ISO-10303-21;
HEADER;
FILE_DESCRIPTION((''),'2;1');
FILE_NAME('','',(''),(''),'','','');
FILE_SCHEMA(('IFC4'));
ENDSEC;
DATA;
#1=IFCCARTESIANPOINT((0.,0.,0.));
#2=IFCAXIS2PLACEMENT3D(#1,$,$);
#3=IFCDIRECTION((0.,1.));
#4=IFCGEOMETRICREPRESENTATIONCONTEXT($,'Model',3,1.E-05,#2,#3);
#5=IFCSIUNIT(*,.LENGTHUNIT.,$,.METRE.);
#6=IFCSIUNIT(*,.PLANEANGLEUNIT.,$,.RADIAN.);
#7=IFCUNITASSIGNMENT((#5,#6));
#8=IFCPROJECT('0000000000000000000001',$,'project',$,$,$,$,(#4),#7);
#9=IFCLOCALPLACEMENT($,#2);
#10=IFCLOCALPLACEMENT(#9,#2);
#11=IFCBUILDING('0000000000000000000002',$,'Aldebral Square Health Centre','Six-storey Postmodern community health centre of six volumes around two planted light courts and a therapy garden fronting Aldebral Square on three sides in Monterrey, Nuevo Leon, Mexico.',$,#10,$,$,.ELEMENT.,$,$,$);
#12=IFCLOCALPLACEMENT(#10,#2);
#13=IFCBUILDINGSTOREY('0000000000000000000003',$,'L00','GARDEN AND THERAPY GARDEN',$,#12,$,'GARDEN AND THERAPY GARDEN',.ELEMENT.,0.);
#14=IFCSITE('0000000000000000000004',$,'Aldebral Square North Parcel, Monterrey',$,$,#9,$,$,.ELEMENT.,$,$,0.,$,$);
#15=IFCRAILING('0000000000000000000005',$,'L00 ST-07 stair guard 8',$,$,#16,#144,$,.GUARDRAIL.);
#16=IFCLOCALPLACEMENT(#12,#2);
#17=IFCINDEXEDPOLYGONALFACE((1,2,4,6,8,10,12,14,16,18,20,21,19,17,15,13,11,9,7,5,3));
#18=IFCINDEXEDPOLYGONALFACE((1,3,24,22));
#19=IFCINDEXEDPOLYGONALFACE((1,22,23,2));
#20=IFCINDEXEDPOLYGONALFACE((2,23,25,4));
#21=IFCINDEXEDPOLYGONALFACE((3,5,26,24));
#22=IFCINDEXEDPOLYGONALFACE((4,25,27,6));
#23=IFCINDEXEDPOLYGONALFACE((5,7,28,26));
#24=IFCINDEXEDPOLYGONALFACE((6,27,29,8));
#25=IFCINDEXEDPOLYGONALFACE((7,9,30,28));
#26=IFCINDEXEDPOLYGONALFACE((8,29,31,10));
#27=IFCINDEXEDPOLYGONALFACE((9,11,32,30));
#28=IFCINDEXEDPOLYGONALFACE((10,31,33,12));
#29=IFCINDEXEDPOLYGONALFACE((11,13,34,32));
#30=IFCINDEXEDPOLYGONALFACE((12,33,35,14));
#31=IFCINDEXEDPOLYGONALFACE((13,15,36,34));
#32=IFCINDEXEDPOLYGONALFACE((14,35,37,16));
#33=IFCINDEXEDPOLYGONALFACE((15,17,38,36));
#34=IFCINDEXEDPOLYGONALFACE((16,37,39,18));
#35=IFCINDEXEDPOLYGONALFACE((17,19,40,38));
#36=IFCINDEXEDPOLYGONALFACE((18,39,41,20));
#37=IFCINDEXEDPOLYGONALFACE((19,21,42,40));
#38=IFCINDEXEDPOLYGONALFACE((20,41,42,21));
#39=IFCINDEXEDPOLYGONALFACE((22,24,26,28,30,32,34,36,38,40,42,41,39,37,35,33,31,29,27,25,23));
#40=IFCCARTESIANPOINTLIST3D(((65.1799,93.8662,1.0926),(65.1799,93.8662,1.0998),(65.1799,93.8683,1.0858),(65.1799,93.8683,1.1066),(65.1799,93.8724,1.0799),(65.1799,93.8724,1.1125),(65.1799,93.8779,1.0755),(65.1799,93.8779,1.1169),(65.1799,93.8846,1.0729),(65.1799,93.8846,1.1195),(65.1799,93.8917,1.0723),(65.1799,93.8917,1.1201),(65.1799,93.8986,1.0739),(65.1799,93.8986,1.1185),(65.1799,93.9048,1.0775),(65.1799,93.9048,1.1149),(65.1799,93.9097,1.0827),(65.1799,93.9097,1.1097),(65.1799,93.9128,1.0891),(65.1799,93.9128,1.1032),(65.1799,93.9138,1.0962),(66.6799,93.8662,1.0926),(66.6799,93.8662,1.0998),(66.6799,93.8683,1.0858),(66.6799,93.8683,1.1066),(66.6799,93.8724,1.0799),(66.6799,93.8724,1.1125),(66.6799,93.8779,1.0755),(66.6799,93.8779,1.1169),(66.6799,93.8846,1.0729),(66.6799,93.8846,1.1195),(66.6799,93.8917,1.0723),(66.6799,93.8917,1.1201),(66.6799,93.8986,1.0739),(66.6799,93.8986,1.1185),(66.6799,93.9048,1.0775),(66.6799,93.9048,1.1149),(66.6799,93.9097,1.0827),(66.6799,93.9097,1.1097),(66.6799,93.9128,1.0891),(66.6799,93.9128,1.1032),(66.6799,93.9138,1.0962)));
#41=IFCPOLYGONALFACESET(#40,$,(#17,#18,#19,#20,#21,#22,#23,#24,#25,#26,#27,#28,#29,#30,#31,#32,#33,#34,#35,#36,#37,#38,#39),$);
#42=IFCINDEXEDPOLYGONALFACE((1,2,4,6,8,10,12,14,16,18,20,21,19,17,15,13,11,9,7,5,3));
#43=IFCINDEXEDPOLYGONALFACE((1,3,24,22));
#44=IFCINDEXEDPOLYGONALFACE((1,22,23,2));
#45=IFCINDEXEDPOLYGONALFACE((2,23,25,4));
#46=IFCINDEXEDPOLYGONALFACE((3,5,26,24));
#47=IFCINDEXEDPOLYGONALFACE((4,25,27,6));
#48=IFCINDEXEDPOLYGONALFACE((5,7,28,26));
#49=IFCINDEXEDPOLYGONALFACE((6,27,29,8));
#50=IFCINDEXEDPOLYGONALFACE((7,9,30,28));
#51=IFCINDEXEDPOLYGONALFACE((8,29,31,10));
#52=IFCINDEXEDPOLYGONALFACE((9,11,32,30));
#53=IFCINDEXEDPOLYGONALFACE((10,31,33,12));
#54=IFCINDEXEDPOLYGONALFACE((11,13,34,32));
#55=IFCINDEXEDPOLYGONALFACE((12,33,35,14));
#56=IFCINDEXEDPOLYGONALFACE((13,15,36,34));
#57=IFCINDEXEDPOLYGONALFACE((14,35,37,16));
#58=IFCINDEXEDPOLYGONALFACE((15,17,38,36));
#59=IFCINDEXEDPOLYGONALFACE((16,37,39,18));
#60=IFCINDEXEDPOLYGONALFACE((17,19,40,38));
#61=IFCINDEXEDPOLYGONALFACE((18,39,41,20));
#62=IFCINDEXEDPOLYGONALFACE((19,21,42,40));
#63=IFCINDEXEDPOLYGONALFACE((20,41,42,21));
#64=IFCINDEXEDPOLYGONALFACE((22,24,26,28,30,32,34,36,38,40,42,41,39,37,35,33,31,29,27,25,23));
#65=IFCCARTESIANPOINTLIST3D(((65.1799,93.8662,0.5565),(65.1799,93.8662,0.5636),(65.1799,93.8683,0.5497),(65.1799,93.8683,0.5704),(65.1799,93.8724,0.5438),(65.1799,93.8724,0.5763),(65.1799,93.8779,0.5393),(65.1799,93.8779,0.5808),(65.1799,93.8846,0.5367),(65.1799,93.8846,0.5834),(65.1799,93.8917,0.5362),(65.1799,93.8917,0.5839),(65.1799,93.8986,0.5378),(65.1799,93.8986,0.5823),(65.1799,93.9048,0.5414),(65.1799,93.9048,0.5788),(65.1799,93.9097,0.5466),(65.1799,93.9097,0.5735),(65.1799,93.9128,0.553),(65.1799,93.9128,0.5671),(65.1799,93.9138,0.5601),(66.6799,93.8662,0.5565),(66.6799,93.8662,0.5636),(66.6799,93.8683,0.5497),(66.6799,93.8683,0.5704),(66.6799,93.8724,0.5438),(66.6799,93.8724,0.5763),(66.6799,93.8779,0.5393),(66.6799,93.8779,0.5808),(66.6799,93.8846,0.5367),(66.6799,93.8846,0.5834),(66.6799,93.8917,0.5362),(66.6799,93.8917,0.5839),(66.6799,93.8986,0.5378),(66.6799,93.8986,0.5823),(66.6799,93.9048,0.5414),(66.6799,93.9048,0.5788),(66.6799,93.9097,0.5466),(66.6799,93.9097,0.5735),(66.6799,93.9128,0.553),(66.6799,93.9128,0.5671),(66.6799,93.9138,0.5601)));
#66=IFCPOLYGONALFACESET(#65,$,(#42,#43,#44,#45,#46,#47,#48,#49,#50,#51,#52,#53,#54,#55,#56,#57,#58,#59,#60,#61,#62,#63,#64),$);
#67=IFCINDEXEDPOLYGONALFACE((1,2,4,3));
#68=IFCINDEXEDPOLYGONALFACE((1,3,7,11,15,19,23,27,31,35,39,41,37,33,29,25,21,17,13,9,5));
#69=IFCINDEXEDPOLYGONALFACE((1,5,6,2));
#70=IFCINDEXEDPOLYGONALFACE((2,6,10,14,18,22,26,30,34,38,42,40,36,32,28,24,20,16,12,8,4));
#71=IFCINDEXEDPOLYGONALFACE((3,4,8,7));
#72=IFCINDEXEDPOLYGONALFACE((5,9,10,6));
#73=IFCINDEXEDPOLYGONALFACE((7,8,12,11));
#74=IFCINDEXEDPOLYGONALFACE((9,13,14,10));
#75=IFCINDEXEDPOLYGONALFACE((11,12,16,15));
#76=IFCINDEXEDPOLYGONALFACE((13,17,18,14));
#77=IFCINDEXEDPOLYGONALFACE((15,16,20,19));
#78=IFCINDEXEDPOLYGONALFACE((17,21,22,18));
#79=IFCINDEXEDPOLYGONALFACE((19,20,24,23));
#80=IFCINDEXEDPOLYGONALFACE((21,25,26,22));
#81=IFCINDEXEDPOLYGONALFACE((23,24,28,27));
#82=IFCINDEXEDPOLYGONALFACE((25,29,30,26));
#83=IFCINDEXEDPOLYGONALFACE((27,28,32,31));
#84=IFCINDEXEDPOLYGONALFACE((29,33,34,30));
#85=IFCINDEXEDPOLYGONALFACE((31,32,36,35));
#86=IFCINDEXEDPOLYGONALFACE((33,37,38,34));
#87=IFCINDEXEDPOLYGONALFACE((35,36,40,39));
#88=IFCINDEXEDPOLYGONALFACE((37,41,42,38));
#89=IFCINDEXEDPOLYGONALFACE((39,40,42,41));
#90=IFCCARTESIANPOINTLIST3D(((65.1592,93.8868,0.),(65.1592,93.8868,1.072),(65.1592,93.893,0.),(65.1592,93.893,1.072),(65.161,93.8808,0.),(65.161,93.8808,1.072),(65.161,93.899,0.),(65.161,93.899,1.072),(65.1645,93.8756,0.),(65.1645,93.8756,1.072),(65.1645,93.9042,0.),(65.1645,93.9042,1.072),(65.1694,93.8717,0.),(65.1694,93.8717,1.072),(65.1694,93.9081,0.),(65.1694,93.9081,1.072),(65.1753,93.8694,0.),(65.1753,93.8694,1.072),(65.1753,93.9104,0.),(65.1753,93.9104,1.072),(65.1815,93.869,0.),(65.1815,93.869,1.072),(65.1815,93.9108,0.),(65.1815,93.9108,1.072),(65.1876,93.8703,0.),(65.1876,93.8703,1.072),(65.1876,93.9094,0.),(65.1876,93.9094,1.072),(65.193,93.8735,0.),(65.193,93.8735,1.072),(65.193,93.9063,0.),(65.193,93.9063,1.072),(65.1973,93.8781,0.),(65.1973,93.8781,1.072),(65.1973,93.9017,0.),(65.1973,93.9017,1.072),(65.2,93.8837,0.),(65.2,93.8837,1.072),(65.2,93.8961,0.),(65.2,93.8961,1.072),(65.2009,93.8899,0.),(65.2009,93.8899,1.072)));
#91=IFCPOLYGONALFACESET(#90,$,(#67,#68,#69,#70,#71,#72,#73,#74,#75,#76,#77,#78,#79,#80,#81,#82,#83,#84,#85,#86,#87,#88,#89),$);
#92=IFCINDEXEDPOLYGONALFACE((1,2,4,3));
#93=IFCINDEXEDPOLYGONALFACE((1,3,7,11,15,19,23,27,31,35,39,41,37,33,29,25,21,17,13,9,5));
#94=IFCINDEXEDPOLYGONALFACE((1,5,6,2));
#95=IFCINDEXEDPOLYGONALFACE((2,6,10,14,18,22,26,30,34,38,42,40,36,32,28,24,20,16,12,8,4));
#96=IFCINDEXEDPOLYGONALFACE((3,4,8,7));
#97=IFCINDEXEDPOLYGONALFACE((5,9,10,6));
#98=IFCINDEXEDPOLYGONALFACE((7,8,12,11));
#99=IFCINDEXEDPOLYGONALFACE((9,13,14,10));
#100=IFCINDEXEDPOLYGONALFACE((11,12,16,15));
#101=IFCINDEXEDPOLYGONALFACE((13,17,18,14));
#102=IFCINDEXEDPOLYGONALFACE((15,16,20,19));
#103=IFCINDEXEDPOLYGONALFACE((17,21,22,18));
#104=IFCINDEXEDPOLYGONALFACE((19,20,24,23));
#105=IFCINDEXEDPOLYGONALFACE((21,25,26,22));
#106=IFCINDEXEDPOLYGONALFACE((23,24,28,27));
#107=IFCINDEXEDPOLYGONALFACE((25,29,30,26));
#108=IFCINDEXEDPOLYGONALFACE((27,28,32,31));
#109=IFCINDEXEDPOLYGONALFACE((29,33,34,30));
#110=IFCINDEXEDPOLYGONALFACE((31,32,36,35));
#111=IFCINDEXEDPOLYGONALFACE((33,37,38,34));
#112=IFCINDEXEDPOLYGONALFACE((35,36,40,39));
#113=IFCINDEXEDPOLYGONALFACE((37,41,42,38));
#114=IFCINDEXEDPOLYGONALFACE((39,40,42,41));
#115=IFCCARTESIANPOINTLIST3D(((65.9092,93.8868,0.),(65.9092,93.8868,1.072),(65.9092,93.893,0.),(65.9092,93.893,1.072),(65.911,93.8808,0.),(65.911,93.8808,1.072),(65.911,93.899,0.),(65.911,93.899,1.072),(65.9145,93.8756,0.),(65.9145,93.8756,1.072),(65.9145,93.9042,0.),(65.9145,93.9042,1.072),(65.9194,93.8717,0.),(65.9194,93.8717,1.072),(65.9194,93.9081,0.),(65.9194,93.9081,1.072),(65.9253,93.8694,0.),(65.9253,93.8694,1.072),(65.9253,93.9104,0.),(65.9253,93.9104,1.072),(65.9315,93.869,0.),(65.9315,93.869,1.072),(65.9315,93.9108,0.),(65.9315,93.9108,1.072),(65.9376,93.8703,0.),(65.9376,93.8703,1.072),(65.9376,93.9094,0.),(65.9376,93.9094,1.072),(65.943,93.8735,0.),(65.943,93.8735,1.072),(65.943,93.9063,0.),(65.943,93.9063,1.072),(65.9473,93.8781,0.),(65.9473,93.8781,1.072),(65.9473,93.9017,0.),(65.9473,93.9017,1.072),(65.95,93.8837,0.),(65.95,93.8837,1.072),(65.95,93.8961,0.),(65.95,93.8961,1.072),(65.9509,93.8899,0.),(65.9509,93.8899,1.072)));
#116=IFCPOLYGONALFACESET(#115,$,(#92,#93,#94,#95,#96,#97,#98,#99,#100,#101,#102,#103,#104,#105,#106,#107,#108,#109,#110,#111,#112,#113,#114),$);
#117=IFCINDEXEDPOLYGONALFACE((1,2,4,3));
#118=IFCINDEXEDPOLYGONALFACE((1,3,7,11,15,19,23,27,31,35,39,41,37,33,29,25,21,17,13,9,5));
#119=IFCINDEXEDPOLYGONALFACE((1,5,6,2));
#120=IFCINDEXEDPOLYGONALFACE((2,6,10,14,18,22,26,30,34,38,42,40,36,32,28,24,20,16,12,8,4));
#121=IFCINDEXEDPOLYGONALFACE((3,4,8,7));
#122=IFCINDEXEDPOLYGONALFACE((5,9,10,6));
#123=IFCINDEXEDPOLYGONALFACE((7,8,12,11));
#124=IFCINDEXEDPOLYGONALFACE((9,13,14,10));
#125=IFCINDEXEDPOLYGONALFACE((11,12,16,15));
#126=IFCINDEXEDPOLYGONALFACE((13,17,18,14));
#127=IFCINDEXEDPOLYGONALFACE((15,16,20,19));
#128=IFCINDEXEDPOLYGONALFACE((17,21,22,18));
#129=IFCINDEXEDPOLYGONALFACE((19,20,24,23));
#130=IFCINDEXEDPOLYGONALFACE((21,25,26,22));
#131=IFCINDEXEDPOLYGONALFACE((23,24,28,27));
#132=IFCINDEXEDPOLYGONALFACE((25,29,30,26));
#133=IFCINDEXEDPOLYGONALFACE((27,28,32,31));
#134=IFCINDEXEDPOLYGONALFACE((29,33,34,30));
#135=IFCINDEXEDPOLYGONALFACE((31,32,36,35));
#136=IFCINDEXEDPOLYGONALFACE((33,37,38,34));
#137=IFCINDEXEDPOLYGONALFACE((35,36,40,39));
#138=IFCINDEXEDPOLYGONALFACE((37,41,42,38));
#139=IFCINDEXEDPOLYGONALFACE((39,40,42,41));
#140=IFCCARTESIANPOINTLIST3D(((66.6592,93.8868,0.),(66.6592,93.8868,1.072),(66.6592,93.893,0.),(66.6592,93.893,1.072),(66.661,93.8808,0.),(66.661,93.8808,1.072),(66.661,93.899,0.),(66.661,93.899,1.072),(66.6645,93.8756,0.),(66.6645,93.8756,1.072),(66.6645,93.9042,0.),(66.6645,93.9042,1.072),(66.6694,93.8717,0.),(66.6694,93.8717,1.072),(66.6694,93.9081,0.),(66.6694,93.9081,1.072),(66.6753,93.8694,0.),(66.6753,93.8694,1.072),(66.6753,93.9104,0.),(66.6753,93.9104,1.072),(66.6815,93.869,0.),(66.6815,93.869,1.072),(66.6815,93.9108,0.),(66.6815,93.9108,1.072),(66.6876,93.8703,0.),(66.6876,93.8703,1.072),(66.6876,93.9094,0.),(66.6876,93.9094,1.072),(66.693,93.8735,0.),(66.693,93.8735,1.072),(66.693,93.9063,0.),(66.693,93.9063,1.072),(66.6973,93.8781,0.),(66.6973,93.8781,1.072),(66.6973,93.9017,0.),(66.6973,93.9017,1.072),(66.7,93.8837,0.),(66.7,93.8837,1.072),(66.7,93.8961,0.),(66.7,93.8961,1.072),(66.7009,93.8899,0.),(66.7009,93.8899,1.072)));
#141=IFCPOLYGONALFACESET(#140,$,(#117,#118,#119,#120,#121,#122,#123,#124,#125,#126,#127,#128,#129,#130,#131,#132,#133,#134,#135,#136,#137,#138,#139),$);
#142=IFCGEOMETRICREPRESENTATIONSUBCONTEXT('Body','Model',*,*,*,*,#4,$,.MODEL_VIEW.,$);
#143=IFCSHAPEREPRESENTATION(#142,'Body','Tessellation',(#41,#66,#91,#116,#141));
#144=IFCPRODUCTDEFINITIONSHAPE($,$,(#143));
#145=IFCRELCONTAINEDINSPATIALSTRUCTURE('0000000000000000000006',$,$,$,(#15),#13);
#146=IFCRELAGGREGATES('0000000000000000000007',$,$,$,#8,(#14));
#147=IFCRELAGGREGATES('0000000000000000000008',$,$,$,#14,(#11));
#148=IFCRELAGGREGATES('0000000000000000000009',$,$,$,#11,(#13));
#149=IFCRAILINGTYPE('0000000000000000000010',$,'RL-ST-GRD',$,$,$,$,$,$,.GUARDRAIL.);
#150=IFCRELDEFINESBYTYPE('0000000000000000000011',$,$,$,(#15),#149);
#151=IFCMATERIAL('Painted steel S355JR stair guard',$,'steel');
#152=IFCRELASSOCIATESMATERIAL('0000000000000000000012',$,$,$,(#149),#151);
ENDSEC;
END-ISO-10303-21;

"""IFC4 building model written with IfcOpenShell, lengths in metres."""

from ifc_helpers import new_model, si_unit, direction, frame, origin, origin_2d, place, context, subcontext, project, spatial, circle, extrude, material, type_object, element, save


model = new_model("IFC4")

# Units and contexts
model_context = context("Model", 3, precision=1e-05, world=origin(), true_north=direction((0.0, 1.0)))
body_context = subcontext(model_context, "Body", "Model", "MODEL_VIEW")
ifc_project = project(units=[si_unit("LENGTHUNIT", "METRE"), si_unit("PLANEANGLEUNIT", "RADIAN")], contexts=[model_context])

# Site, building, storey
site_placement = place(None, origin())
site = spatial("IfcSite", under=ifc_project, at=site_placement, Name="Aldebral Square North Parcel, Monterrey", CompositionType="ELEMENT", RefElevation=0.0)
building_placement = place(site_placement, origin())
building = spatial("IfcBuilding", under=site, at=building_placement, Name="Aldebral Square Health Centre", Description="Six-storey Postmodern community health centre of six volumes around two planted light courts and a therapy garden fronting Aldebral Square on three sides in Monterrey, Nuevo Leon, Mexico.", CompositionType="ELEMENT")
storey_placement = place(building_placement, origin())
storey = spatial("IfcBuildingStorey", under=building, at=storey_placement, Name="L00", Description="GARDEN AND THERAPY GARDEN", LongName="GARDEN AND THERAPY GARDEN", CompositionType="ELEMENT", Elevation=0.0)

# Railing
ifc_material_1 = material(Name="Painted steel S355JR stair guard", Category="steel")
railing_type_1 = type_object("IfcRailingType", Name="RL-ST-GRD", PredefinedType="GUARDRAIL", material=ifc_material_1)
for number, where, name in (
    (1, (65.1799, 93.8899, 0.0), "L00 ST-07 stair guard 8"),
):
    element("IfcRailing", number, at=place(storey_placement, frame(where)), inside=storey, type_object=railing_type_1, Name=name, PredefinedType="GUARDRAIL", context=body_context, shape_type="SweptSolid", body=[
        extrude(circle(Radius=0.0239, at=origin_2d()), frame((0.0, 0.0, 1.0962), z_axis=(1.0, 0.0, 0.0), x_axis=(0.0, 1.0, 0.0)), (0.0, 0.0, 1.0), 1.5),
        extrude(circle(Radius=0.0239, at=origin_2d()), frame((0.0, 0.0, 0.5601), z_axis=(1.0, 0.0, 0.0), x_axis=(0.0, 1.0, 0.0)), (0.0, 0.0, 1.0), 1.5),
        extrude(circle(Radius=0.021, at=origin_2d()), origin(), (0.0, 0.0, 1.0), 1.072),
        extrude(circle(Radius=0.021, at=origin_2d()), frame((0.75, 0.0, 0.0)), (0.0, 0.0, 1.0), 1.072),
        extrude(circle(Radius=0.021, at=origin_2d()), frame((1.5, 0.0, 0.0)), (0.0, 0.0, 1.0), 1.072),
    ])

save(model, "model.ifc")
